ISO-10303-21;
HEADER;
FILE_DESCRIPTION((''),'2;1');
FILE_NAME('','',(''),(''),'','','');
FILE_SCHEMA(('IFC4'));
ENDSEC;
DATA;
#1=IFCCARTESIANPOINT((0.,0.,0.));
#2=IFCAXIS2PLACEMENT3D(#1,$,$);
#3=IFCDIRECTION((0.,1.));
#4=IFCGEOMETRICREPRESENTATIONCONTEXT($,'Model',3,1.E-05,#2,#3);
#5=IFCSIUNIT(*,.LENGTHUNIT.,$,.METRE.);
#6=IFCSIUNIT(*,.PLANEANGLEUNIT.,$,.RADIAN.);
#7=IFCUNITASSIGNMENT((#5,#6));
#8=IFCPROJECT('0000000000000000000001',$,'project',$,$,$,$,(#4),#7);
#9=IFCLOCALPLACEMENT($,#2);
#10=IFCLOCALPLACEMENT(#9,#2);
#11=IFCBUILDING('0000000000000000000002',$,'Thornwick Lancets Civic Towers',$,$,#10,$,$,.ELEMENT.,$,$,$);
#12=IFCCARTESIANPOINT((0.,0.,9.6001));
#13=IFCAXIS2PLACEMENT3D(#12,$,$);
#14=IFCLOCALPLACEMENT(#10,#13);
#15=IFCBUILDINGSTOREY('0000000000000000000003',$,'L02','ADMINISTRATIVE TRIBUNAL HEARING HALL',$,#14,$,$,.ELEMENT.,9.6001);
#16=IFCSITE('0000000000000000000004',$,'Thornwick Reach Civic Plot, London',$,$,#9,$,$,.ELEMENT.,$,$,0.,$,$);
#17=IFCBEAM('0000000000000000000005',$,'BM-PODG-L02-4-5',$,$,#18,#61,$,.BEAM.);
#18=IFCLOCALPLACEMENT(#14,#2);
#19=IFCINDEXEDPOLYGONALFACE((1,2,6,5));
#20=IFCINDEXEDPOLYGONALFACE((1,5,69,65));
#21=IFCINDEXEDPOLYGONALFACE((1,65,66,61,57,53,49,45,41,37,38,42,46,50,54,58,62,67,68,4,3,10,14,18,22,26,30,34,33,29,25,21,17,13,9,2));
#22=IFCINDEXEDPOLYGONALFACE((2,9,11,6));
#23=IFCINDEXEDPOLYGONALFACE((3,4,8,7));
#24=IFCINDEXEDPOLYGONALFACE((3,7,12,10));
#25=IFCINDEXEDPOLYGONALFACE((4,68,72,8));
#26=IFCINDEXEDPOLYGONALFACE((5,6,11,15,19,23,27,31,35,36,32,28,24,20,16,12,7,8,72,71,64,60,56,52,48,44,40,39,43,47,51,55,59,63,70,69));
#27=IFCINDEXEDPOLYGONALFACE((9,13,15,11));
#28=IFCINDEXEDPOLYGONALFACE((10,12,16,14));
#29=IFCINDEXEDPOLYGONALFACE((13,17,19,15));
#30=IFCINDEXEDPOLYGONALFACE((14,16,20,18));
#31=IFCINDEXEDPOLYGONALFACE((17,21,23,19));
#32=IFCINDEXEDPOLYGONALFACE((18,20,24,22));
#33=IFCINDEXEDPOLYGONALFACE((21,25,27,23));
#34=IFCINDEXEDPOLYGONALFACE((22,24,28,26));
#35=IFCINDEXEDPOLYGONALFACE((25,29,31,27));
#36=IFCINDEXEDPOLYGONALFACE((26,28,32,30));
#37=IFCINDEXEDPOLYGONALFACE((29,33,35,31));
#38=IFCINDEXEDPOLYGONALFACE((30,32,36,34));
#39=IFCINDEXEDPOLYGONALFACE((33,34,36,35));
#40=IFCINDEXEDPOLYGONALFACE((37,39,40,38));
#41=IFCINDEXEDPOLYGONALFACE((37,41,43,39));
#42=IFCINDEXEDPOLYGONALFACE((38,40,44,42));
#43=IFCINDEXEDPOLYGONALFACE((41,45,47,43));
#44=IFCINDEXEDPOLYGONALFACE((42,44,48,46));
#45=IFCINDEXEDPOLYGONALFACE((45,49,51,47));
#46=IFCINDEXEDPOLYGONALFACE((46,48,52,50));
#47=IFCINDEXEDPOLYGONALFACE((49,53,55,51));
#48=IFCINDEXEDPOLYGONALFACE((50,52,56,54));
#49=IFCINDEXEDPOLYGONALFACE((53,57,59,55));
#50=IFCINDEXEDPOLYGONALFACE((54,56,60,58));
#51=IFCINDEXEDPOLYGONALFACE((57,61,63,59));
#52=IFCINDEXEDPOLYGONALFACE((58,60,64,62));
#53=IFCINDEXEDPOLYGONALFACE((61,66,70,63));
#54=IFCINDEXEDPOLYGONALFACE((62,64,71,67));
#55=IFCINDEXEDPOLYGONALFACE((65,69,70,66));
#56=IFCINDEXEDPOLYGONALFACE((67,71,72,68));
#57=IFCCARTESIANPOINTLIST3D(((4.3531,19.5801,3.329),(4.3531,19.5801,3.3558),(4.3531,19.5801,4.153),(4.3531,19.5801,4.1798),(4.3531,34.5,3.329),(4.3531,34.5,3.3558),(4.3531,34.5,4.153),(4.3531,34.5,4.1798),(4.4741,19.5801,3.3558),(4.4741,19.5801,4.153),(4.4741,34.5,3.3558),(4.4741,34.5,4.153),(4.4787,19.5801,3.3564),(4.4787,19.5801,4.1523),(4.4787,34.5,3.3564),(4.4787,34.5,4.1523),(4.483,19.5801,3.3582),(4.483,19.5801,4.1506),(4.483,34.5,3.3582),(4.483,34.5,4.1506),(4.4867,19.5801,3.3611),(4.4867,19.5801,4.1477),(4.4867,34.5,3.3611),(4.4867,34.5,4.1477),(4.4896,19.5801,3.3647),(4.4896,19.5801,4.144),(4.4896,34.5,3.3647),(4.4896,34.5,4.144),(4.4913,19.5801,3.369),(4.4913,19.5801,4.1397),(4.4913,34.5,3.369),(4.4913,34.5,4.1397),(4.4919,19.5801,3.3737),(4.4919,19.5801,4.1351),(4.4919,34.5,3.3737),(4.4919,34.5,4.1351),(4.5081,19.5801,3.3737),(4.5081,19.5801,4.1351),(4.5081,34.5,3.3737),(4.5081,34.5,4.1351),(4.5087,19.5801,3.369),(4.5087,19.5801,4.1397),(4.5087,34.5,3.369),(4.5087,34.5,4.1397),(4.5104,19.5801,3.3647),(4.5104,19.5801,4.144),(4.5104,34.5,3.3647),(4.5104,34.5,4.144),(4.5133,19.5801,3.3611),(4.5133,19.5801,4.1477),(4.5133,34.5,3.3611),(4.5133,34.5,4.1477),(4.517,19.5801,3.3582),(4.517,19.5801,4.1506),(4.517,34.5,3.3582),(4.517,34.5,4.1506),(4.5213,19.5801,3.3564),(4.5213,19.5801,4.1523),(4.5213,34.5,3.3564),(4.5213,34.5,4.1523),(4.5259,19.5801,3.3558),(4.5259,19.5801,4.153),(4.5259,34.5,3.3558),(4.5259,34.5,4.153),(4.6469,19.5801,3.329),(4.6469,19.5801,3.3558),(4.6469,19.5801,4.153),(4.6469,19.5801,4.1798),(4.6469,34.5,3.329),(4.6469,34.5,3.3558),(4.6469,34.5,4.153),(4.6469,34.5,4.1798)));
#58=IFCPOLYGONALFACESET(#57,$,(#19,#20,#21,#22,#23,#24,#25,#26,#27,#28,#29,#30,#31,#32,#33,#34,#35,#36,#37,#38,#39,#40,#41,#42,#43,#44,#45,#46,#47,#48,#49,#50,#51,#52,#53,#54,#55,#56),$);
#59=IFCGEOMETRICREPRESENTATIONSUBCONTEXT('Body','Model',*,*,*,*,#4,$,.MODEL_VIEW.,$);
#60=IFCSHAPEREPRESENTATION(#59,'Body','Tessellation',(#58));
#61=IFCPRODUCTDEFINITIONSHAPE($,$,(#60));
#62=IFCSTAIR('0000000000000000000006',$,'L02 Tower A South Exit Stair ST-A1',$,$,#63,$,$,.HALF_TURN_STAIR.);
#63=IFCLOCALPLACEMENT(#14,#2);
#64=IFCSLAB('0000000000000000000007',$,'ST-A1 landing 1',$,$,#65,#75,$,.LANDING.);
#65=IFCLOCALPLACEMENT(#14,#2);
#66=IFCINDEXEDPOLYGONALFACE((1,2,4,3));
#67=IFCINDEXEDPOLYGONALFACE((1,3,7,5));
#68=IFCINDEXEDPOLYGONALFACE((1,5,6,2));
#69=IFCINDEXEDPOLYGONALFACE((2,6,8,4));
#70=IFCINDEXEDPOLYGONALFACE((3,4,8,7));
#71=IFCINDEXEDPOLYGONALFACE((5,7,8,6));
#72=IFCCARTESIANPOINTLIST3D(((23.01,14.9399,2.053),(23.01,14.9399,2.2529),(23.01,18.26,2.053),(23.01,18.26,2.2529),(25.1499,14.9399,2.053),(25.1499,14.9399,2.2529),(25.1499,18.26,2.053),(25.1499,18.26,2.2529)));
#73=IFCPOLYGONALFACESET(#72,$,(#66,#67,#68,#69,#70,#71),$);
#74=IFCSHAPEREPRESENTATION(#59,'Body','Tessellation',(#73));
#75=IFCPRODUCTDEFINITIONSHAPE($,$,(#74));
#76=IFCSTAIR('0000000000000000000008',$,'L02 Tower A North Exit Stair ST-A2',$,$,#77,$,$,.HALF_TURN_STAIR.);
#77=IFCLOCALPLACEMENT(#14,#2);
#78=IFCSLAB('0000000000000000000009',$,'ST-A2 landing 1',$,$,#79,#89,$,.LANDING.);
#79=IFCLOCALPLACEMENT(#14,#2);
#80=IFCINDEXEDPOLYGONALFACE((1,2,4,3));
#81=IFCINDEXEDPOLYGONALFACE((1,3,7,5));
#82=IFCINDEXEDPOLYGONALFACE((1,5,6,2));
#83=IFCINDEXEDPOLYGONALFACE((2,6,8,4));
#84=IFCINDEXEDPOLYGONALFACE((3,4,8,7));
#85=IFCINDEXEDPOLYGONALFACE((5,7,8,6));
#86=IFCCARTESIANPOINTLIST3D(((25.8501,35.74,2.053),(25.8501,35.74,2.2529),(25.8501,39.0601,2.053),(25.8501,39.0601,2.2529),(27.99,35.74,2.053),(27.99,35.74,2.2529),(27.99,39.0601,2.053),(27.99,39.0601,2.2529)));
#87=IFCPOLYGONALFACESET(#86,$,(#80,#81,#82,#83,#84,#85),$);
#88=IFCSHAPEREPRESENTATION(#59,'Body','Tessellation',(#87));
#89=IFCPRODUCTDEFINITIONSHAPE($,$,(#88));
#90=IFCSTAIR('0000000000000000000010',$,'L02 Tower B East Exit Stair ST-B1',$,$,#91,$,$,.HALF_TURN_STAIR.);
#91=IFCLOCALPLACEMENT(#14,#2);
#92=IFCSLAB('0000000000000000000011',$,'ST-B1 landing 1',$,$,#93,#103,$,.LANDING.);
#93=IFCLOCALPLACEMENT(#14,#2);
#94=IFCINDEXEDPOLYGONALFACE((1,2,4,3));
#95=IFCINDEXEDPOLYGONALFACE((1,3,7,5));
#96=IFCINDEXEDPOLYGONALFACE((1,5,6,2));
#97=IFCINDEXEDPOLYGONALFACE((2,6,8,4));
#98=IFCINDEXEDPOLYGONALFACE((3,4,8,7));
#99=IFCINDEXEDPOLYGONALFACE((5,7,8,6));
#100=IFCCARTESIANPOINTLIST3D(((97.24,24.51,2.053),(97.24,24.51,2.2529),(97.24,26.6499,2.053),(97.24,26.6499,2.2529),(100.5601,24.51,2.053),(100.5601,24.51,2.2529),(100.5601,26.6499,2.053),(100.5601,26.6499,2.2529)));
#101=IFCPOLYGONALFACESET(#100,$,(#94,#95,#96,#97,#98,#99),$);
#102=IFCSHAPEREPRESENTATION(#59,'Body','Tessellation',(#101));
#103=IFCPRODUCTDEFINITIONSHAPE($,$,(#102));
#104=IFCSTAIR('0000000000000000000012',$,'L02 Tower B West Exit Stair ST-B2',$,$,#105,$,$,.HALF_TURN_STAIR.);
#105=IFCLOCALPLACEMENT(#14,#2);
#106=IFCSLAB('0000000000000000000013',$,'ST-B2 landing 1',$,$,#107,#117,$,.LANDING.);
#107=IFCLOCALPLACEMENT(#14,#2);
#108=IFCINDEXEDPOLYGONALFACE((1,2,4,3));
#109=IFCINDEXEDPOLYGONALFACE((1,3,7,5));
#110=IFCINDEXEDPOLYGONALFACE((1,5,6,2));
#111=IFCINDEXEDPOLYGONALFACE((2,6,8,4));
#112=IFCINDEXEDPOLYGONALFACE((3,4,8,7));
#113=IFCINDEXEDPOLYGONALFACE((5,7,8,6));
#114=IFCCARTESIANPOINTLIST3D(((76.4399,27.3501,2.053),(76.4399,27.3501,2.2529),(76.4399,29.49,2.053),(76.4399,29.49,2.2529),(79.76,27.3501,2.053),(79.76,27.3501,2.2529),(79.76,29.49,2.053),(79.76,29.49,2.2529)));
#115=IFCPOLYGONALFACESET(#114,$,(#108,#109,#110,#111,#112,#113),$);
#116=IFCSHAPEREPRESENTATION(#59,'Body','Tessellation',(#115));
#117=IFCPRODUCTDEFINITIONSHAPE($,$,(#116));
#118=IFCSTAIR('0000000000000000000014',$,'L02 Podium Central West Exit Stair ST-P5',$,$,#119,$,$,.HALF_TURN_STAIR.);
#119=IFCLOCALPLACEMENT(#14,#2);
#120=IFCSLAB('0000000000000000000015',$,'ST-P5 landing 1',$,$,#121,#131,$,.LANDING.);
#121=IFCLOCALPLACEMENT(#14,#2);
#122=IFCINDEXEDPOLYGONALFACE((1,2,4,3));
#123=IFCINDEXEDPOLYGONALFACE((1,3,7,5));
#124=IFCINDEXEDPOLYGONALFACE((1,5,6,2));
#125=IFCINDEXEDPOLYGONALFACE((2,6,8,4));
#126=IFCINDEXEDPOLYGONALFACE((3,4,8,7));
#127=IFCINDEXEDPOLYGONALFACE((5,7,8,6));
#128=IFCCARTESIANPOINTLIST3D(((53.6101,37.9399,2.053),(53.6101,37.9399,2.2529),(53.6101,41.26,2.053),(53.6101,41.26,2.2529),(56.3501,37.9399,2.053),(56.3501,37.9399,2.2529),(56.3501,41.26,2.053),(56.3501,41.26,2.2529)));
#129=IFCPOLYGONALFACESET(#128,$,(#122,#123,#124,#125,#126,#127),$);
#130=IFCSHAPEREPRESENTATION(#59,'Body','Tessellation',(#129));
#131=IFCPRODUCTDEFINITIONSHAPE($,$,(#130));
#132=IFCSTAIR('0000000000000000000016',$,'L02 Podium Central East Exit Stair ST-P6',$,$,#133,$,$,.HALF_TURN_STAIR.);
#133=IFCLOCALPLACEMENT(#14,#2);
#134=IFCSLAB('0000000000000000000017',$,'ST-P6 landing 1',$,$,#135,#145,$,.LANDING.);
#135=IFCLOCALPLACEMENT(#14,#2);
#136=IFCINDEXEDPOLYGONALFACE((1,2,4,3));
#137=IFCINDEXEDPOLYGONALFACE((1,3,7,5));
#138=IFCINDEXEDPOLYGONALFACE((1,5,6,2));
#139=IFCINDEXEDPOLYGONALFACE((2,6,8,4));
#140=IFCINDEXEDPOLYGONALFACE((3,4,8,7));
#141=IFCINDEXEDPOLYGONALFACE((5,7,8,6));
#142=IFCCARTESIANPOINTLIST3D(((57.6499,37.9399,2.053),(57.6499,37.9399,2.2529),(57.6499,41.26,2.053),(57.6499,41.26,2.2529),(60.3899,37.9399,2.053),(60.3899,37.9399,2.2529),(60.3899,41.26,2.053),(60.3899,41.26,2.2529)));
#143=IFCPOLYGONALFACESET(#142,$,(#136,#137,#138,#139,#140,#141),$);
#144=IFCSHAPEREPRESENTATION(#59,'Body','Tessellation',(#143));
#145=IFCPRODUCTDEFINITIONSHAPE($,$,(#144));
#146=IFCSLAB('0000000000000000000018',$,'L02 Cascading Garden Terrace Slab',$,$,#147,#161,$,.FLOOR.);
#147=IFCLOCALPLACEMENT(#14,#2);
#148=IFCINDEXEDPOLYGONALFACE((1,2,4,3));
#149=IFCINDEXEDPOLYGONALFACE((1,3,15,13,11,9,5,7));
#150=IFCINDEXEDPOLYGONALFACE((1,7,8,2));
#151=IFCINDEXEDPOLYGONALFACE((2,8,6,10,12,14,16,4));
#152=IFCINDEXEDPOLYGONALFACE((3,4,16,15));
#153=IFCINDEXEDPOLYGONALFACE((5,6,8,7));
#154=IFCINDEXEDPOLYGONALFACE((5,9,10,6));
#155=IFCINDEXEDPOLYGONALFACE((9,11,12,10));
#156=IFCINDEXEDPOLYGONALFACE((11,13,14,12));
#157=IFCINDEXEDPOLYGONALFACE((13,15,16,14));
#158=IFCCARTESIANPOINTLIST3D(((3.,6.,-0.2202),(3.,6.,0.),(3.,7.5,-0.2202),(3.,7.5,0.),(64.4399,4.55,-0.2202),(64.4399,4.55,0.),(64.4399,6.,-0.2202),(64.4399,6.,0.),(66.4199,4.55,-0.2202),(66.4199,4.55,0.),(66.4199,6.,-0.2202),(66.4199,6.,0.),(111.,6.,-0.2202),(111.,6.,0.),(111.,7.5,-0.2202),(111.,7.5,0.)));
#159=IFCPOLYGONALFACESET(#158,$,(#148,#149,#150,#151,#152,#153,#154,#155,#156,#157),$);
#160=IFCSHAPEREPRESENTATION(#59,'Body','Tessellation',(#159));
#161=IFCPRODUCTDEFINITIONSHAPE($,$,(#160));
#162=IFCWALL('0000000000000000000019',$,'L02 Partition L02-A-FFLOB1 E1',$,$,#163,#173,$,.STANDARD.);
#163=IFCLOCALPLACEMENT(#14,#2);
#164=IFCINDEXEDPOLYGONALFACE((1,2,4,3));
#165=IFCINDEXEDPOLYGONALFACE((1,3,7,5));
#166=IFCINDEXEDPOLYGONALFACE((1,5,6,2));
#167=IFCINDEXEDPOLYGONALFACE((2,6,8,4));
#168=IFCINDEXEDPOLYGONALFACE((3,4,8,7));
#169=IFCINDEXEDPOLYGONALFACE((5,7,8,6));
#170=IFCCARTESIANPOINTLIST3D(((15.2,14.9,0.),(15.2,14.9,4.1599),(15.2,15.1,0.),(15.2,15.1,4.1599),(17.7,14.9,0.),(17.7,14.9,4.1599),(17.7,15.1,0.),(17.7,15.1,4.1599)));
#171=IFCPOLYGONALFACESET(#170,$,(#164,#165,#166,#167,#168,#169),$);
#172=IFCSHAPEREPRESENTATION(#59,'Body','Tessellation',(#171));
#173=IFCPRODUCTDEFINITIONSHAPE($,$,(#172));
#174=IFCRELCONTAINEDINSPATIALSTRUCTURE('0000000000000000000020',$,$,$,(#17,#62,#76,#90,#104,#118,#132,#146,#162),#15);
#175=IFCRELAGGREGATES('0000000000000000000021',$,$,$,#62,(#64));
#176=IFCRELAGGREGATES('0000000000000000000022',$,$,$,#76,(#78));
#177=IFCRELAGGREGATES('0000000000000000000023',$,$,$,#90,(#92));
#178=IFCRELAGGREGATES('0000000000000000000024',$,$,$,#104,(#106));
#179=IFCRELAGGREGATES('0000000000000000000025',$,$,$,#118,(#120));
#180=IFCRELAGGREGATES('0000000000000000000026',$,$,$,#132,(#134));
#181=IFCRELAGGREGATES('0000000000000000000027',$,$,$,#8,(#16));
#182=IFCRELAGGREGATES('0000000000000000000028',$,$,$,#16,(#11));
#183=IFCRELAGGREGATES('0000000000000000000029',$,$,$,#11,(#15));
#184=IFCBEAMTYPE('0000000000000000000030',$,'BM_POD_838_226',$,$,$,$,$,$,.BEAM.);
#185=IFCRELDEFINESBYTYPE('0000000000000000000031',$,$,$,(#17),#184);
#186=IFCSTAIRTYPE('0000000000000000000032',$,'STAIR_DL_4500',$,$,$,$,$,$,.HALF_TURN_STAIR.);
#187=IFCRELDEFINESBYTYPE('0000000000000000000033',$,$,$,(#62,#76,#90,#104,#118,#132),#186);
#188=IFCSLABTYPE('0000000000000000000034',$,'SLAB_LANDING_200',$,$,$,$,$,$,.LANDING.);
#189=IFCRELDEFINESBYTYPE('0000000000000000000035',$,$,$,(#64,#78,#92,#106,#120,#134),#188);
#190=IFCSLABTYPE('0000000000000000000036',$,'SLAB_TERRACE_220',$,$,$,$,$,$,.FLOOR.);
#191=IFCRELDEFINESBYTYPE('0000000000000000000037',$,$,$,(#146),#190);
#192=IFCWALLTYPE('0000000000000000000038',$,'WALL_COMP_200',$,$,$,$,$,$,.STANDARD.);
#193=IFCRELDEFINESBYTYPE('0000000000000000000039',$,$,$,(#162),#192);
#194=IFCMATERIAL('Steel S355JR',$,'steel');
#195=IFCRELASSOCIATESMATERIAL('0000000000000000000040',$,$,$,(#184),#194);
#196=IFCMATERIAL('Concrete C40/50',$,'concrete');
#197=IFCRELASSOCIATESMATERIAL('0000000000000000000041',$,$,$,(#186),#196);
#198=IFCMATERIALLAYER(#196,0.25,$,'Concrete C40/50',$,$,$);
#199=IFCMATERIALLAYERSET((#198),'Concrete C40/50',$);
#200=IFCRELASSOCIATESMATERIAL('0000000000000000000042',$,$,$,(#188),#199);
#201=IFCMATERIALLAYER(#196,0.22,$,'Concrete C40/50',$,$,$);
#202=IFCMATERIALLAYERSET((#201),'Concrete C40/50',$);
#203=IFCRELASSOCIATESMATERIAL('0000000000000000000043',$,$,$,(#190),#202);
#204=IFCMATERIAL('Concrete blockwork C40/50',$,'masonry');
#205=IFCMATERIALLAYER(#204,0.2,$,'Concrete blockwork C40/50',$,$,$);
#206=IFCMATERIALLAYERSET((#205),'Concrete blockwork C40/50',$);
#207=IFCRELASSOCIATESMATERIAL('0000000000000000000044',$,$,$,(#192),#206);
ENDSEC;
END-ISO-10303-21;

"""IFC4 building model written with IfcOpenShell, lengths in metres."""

from ifc_helpers import new_model, si_unit, direction, frame, frame_2d, origin, origin_2d, place, context, subcontext, project, spatial, polyline, rectangle, i_section, outline, extrude, material, layer, layer_set, material_profile, profile_set, type_object, element, aggregate, save


model = new_model("IFC4")

# Units and contexts
model_context = context("Model", 3, precision=1e-05, world=origin(), true_north=direction((0.0, 1.0)))
body_context = subcontext(model_context, "Body", "Model", "MODEL_VIEW")
ifc_project = project(units=[si_unit("LENGTHUNIT", "METRE"), si_unit("PLANEANGLEUNIT", "RADIAN")], contexts=[model_context])

# Site, building, storey
site_placement = place(None, origin())
site = spatial("IfcSite", under=ifc_project, at=site_placement, Name="Thornwick Reach Civic Plot, London", CompositionType="ELEMENT", RefElevation=0.0)
building_placement = place(site_placement, origin())
building = spatial("IfcBuilding", under=site, at=building_placement, Name="Thornwick Lancets Civic Towers", CompositionType="ELEMENT")
storey_placement = place(building_placement, frame((0.0, 0.0, 9.6001)))
storey = spatial("IfcBuildingStorey", under=building, at=storey_placement, Name="L02", Description="ADMINISTRATIVE TRIBUNAL HEARING HALL", CompositionType="ELEMENT", Elevation=9.6001)

# Shared definitions
ifc_material_1 = material(Name="Concrete C40/50", Category="concrete")

# Beam
ifc_material_2 = material(Name="Steel S355JR", Category="steel")
ifc_material_profile_1 = material_profile(ifc_material_2, i_section(OverallWidth=0.2937, OverallDepth=0.8508, WebThickness=0.0161, FlangeThickness=0.0269, FilletRadius=0.0178, at=origin_2d()), Name="UKB 838x292x226")
ifc_profile_set_1 = profile_set([ifc_material_profile_1], Name="Steel S355JR")
beam_type_1 = type_object("IfcBeamType", Name="BM_POD_838_226", PredefinedType="BEAM", material=ifc_profile_set_1)
beam_1_placement = place(storey_placement, frame((4.5, 19.5801, 3.7544), z_axis=(0.0, 1.0, 0.0), x_axis=(-1.0, 0.0, 0.0)))
element("IfcBeam", 1, at=beam_1_placement, inside=storey, type_object=beam_type_1, Name="BM-PODG-L02-4-5", PredefinedType="BEAM", context=body_context, shape_type="SweptSolid", body=[
    extrude(i_section(OverallWidth=0.2937, OverallDepth=0.8508, WebThickness=0.0161, FlangeThickness=0.0269, FilletRadius=0.0178, at=origin_2d()), origin(), (0.0, 0.0, 1.0), 14.9199),
])

# Stairs, slabs
stair_type = type_object("IfcStairType", Name="STAIR_DL_4500", PredefinedType="HALF_TURN_STAIR", material=ifc_material_1)
stair_1_placement = place(storey_placement, origin())
stair_1 = element("IfcStair", 2, at=stair_1_placement, inside=storey, type_object=stair_type, Name="L02 Tower A South Exit Stair ST-A1", PredefinedType="HALF_TURN_STAIR")
ifc_layer_1 = layer(ifc_material_1, 0.25, Name="Concrete C40/50")
ifc_layer_set_1 = layer_set([ifc_layer_1], Name="Concrete C40/50")
slab_type_1 = type_object("IfcSlabType", Name="SLAB_LANDING_200", PredefinedType="LANDING", material=ifc_layer_set_1)
slab_1_placement = place(storey_placement, frame((0.0, 0.0, 2.053)))
slab_1 = element("IfcSlab", 3, at=slab_1_placement, type_object=slab_type_1, Name="ST-A1 landing 1", PredefinedType="LANDING", context=body_context, shape_type="SweptSolid", body=[
    extrude(outline(polyline([(23.01, 14.9399), (25.1499, 14.9399), (25.1499, 18.26), (23.01, 18.26), (23.01, 14.9399)])), origin(), (0.0, 0.0, 1.0), 0.2),
])
aggregate(stair_1, [slab_1])
stair_2_placement = place(storey_placement, origin())
stair_2 = element("IfcStair", 4, at=stair_2_placement, inside=storey, type_object=stair_type, Name="L02 Tower A North Exit Stair ST-A2", PredefinedType="HALF_TURN_STAIR")
slab_2_placement = place(storey_placement, frame((0.0, 0.0, 2.053)))
slab_2 = element("IfcSlab", 5, at=slab_2_placement, type_object=slab_type_1, Name="ST-A2 landing 1", PredefinedType="LANDING", context=body_context, shape_type="SweptSolid", body=[
    extrude(outline(polyline([(27.99, 39.0601), (25.8501, 39.0601), (25.8501, 35.74), (27.99, 35.74), (27.99, 39.0601)])), origin(), (0.0, 0.0, 1.0), 0.2),
])
aggregate(stair_2, [slab_2])
stair_3_placement = place(storey_placement, origin())
stair_3 = element("IfcStair", 6, at=stair_3_placement, inside=storey, type_object=stair_type, Name="L02 Tower B East Exit Stair ST-B1", PredefinedType="HALF_TURN_STAIR")
slab_3_placement = place(storey_placement, frame((0.0, 0.0, 2.053)))
slab_3 = element("IfcSlab", 7, at=slab_3_placement, type_object=slab_type_1, Name="ST-B1 landing 1", PredefinedType="LANDING", context=body_context, shape_type="SweptSolid", body=[
    extrude(outline(polyline([(100.5601, 24.51), (100.5601, 26.6499), (97.24, 26.6499), (97.24, 24.51), (100.5601, 24.51)])), origin(), (0.0, 0.0, 1.0), 0.2),
])
aggregate(stair_3, [slab_3])
stair_4_placement = place(storey_placement, origin())
stair_4 = element("IfcStair", 8, at=stair_4_placement, inside=storey, type_object=stair_type, Name="L02 Tower B West Exit Stair ST-B2", PredefinedType="HALF_TURN_STAIR")
slab_4_placement = place(storey_placement, frame((0.0, 0.0, 2.053)))
slab_4 = element("IfcSlab", 9, at=slab_4_placement, type_object=slab_type_1, Name="ST-B2 landing 1", PredefinedType="LANDING", context=body_context, shape_type="SweptSolid", body=[
    extrude(outline(polyline([(76.4399, 29.49), (76.4399, 27.3501), (79.76, 27.3501), (79.76, 29.49), (76.4399, 29.49)])), origin(), (0.0, 0.0, 1.0), 0.2),
])
aggregate(stair_4, [slab_4])
stair_5_placement = place(storey_placement, origin())
stair_5 = element("IfcStair", 10, at=stair_5_placement, inside=storey, type_object=stair_type, Name="L02 Podium Central West Exit Stair ST-P5", PredefinedType="HALF_TURN_STAIR")
slab_5_placement = place(storey_placement, frame((0.0, 0.0, 2.053)))
slab_5 = element("IfcSlab", 11, at=slab_5_placement, type_object=slab_type_1, Name="ST-P5 landing 1", PredefinedType="LANDING", context=body_context, shape_type="SweptSolid", body=[
    extrude(outline(polyline([(53.6101, 37.9399), (56.3501, 37.9399), (56.3501, 41.26), (53.6101, 41.26), (53.6101, 37.9399)])), origin(), (0.0, 0.0, 1.0), 0.2),
])
aggregate(stair_5, [slab_5])
stair_6_placement = place(storey_placement, origin())
stair_6 = element("IfcStair", 12, at=stair_6_placement, inside=storey, type_object=stair_type, Name="L02 Podium Central East Exit Stair ST-P6", PredefinedType="HALF_TURN_STAIR")
slab_6_placement = place(storey_placement, frame((0.0, 0.0, 2.053)))
slab_6 = element("IfcSlab", 13, at=slab_6_placement, type_object=slab_type_1, Name="ST-P6 landing 1", PredefinedType="LANDING", context=body_context, shape_type="SweptSolid", body=[
    extrude(outline(polyline([(60.3899, 41.26), (57.6499, 41.26), (57.6499, 37.9399), (60.3899, 37.9399), (60.3899, 41.26)])), origin(), (0.0, 0.0, 1.0), 0.2),
])
aggregate(stair_6, [slab_6])

# Slab
ifc_layer_2 = layer(ifc_material_1, 0.22, Name="Concrete C40/50")
ifc_layer_set_2 = layer_set([ifc_layer_2], Name="Concrete C40/50")
slab_type_2 = type_object("IfcSlabType", Name="SLAB_TERRACE_220", PredefinedType="FLOOR", material=ifc_layer_set_2)
slab_7_placement = place(storey_placement, frame((0.0, 0.0, -0.2202)))
element("IfcSlab", 14, at=slab_7_placement, inside=storey, type_object=slab_type_2, Name="L02 Cascading Garden Terrace Slab", PredefinedType="FLOOR", context=body_context, shape_type="SweptSolid", body=[
    extrude(outline(polyline([(3.0, 6.0), (3.0, 7.5), (111.0, 7.5), (111.0, 6.0), (66.4199, 6.0), (66.4199, 4.55), (64.4399, 4.55), (64.4399, 6.0), (3.0, 6.0)])), origin(), (0.0, 0.0, 1.0), 0.2202),
])

# Wall
ifc_material_3 = material(Name="Concrete blockwork C40/50", Category="masonry")
ifc_layer_3 = layer(ifc_material_3, 0.2, Name="Concrete blockwork C40/50")
ifc_layer_set_3 = layer_set([ifc_layer_3], Name="Concrete blockwork C40/50")
wall_type_1 = type_object("IfcWallType", Name="WALL_COMP_200", PredefinedType="STANDARD", material=ifc_layer_set_3)
wall_1_placement = place(storey_placement, frame((15.2, 15.0, 0.0), z_axis=(0.0, 0.0, 1.0), x_axis=(1.0, 0.0, 0.0)))
element("IfcWall", 15, at=wall_1_placement, inside=storey, type_object=wall_type_1, Name="L02 Partition L02-A-FFLOB1 E1", PredefinedType="STANDARD", context=body_context, shape_type="SweptSolid", body=[
    extrude(rectangle(XDim=2.5, YDim=0.2, at=frame_2d((1.25, 0.0))), origin(), (0.0, 0.0, 1.0), 4.1599),
])

save(model, "model.ifc")
